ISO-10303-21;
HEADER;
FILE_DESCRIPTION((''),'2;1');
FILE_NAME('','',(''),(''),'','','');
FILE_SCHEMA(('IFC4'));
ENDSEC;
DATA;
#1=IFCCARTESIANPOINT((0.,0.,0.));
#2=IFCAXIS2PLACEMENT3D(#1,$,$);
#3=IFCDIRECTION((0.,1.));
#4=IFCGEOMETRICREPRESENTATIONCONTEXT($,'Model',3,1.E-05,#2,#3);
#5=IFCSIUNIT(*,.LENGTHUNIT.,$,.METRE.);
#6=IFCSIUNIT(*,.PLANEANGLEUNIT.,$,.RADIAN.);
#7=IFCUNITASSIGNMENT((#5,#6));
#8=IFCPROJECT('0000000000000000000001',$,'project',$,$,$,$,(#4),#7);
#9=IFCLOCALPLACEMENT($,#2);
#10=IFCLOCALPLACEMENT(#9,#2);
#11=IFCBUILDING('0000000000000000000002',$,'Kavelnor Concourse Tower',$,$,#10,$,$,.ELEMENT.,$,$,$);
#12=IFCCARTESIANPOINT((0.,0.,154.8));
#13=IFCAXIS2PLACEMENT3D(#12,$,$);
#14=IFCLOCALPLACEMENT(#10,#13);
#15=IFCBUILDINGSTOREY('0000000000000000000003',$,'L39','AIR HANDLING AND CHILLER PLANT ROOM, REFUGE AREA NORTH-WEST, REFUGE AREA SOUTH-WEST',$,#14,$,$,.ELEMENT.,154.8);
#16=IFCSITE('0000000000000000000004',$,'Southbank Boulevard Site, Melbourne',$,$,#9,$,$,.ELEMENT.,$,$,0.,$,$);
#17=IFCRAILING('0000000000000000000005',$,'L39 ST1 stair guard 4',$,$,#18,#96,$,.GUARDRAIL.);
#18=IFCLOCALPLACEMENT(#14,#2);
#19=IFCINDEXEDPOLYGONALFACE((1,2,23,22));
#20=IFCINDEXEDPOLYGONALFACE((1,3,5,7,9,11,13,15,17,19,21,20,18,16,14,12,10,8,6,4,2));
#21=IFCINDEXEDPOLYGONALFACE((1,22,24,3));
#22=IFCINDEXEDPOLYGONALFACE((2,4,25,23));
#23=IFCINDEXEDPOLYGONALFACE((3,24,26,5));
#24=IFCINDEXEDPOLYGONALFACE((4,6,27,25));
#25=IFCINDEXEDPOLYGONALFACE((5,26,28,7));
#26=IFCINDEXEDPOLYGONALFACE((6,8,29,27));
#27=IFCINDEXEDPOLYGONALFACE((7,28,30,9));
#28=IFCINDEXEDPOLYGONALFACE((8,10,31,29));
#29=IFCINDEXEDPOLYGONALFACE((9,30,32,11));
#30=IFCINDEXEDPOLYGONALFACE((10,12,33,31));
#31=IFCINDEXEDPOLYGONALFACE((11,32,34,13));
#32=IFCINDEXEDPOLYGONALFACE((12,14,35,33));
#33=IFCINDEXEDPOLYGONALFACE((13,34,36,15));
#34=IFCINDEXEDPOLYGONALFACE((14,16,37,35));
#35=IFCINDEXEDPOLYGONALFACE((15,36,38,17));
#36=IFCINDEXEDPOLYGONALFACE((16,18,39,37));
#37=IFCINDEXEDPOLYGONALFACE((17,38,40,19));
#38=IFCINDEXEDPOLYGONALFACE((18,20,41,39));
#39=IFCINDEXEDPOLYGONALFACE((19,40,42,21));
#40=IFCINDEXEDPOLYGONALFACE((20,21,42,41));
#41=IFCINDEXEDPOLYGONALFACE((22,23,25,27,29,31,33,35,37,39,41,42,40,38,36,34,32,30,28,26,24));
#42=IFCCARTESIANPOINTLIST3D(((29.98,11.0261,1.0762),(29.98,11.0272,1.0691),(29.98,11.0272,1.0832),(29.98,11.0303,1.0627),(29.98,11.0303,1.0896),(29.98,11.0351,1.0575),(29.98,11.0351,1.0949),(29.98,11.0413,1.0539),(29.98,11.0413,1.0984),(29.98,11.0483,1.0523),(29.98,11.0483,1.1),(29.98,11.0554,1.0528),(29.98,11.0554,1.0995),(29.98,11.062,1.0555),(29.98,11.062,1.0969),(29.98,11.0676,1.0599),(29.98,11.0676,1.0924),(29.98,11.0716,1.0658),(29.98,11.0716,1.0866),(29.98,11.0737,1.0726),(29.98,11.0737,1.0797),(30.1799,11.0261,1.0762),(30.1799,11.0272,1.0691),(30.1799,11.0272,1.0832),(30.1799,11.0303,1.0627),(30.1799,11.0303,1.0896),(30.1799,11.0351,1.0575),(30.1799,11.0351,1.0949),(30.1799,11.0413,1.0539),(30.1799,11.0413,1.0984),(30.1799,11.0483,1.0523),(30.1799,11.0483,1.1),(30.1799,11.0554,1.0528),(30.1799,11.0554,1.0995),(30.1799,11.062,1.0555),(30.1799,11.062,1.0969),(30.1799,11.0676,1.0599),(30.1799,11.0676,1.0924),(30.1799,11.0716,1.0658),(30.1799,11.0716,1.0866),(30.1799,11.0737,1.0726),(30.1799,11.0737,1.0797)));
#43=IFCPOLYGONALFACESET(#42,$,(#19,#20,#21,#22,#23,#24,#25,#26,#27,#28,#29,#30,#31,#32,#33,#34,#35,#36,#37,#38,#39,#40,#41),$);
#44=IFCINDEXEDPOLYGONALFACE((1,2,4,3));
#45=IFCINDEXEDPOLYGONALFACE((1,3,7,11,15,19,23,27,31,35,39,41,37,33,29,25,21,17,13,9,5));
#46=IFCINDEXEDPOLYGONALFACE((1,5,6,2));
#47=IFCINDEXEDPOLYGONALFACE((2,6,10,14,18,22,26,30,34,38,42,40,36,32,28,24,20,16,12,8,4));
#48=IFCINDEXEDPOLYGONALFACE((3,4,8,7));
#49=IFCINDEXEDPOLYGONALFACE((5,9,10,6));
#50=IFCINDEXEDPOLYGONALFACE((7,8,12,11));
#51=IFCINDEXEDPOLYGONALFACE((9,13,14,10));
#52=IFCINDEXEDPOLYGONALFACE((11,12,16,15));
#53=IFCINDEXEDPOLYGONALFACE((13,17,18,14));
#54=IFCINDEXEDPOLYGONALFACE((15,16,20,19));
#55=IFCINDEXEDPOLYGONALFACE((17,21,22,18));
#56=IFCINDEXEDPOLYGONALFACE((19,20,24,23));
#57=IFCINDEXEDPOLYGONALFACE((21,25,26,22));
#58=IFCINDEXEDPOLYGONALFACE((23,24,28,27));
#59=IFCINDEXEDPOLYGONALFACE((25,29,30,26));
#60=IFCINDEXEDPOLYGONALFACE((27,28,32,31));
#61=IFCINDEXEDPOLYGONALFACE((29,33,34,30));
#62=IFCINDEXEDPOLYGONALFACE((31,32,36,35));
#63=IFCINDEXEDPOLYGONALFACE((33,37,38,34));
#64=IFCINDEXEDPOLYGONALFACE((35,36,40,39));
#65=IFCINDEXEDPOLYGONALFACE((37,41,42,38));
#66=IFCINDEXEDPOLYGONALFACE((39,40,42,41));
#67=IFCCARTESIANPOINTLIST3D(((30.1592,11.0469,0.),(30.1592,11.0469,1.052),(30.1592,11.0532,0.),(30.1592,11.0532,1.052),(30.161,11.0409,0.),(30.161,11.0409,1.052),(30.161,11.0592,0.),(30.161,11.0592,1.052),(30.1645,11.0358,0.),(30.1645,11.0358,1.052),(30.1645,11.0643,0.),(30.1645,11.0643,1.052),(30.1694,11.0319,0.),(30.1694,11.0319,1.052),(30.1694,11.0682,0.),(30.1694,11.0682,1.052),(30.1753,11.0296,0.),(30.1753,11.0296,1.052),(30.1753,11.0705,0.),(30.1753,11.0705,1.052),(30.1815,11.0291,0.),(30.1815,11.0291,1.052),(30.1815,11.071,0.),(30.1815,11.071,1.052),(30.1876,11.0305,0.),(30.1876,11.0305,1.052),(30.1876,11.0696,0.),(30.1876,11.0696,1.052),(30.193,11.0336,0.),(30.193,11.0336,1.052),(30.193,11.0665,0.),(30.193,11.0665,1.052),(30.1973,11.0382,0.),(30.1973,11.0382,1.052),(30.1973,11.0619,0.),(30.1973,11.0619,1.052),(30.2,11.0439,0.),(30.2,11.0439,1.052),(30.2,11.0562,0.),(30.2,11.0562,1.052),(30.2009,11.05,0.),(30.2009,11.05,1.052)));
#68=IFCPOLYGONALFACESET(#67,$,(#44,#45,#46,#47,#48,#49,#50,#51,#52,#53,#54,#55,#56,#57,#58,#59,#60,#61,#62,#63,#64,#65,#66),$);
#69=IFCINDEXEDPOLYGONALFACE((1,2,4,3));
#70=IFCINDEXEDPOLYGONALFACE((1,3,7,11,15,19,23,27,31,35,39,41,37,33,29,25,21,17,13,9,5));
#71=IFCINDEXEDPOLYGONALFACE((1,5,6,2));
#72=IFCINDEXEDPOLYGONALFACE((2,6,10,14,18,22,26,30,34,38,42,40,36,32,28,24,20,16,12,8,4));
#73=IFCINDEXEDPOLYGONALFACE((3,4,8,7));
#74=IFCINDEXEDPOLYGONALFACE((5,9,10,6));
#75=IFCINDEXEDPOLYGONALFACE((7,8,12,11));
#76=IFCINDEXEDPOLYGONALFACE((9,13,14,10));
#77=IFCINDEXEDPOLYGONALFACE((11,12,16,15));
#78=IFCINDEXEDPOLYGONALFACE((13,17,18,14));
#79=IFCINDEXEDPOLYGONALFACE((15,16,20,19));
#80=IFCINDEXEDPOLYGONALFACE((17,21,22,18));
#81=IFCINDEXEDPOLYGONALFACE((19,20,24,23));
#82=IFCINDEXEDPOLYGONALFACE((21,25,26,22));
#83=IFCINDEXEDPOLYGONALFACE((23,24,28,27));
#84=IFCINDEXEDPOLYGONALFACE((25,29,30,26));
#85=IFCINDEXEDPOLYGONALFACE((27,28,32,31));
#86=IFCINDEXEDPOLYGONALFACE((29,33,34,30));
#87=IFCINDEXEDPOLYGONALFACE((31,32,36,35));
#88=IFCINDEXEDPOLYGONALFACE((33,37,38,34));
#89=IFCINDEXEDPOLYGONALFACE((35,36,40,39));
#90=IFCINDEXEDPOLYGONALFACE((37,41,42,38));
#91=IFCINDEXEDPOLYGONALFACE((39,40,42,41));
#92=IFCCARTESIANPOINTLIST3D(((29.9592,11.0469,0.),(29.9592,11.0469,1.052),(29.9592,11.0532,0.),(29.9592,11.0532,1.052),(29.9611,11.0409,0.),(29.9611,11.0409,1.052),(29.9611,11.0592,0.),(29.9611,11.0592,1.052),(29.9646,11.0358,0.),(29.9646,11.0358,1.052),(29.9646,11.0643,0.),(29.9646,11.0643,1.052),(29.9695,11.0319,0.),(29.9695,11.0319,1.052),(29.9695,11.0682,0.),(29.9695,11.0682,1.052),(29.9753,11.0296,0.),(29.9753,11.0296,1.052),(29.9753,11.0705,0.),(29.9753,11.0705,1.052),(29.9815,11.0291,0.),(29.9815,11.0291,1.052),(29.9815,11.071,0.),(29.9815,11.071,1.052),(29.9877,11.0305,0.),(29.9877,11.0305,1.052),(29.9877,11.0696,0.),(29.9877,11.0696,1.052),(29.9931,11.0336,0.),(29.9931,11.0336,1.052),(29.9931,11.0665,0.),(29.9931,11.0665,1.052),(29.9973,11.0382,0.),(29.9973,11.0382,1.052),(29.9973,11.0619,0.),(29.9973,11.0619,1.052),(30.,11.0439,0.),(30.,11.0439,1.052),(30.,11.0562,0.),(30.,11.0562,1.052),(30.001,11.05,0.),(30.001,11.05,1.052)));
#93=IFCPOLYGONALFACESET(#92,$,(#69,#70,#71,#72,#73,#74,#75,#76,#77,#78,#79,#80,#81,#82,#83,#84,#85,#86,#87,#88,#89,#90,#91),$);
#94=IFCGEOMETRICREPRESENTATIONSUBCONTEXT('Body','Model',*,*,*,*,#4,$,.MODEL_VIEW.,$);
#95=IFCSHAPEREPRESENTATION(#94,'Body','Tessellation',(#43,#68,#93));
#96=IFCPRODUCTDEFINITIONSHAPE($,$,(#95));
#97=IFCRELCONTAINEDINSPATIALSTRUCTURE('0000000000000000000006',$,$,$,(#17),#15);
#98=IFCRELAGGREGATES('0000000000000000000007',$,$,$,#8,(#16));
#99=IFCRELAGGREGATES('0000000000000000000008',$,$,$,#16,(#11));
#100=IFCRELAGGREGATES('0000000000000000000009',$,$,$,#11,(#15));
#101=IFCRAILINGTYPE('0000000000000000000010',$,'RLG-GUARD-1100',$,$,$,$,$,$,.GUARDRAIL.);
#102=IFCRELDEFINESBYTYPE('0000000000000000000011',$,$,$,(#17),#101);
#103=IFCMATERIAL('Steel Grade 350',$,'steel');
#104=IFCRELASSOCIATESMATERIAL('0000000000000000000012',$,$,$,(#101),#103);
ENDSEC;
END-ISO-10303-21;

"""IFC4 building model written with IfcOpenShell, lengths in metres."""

from ifc_helpers import new_model, si_unit, direction, frame, origin, origin_2d, place, context, subcontext, project, spatial, circle, extrude, material, type_object, element, save


model = new_model("IFC4")

# Units and contexts
model_context = context("Model", 3, precision=1e-05, world=origin(), true_north=direction((0.0, 1.0)))
body_context = subcontext(model_context, "Body", "Model", "MODEL_VIEW")
ifc_project = project(units=[si_unit("LENGTHUNIT", "METRE"), si_unit("PLANEANGLEUNIT", "RADIAN")], contexts=[model_context])

# Site, building, storey
site_placement = place(None, origin())
site = spatial("IfcSite", under=ifc_project, at=site_placement, Name="Southbank Boulevard Site, Melbourne", CompositionType="ELEMENT", RefElevation=0.0)
building_placement = place(site_placement, origin())
building = spatial("IfcBuilding", under=site, at=building_placement, Name="Kavelnor Concourse Tower", CompositionType="ELEMENT")
storey_placement = place(building_placement, frame((0.0, 0.0, 154.8)))
storey = spatial("IfcBuildingStorey", under=building, at=storey_placement, Name="L39", Description="AIR HANDLING AND CHILLER PLANT ROOM, REFUGE AREA NORTH-WEST, REFUGE AREA SOUTH-WEST", CompositionType="ELEMENT", Elevation=154.8)

# Shared definitions
ifc_material_1 = material(Name="Steel Grade 350", Category="steel")

# Railing
railing_type_1 = type_object("IfcRailingType", Name="RLG-GUARD-1100", PredefinedType="GUARDRAIL", material=ifc_material_1)
railing_1_placement = place(storey_placement, frame((30.1799, 11.05, 0.0)))
element("IfcRailing", 1, at=railing_1_placement, inside=storey, type_object=railing_type_1, Name="L39 ST1 stair guard 4", PredefinedType="GUARDRAIL", context=body_context, shape_type="SweptSolid", body=[
    extrude(circle(Radius=0.0239, at=origin_2d()), frame((0.0, 0.0, 1.0762), z_axis=(-1.0, 0.0, 0.0), x_axis=(0.0, -1.0, 0.0)), (0.0, 0.0, 1.0), 0.2),
    extrude(circle(Radius=0.021, at=origin_2d()), origin(), (0.0, 0.0, 1.0), 1.052),
    extrude(circle(Radius=0.021, at=origin_2d()), frame((-0.2, 0.0, 0.0)), (0.0, 0.0, 1.0), 1.052),
])

save(model, "model.ifc")
